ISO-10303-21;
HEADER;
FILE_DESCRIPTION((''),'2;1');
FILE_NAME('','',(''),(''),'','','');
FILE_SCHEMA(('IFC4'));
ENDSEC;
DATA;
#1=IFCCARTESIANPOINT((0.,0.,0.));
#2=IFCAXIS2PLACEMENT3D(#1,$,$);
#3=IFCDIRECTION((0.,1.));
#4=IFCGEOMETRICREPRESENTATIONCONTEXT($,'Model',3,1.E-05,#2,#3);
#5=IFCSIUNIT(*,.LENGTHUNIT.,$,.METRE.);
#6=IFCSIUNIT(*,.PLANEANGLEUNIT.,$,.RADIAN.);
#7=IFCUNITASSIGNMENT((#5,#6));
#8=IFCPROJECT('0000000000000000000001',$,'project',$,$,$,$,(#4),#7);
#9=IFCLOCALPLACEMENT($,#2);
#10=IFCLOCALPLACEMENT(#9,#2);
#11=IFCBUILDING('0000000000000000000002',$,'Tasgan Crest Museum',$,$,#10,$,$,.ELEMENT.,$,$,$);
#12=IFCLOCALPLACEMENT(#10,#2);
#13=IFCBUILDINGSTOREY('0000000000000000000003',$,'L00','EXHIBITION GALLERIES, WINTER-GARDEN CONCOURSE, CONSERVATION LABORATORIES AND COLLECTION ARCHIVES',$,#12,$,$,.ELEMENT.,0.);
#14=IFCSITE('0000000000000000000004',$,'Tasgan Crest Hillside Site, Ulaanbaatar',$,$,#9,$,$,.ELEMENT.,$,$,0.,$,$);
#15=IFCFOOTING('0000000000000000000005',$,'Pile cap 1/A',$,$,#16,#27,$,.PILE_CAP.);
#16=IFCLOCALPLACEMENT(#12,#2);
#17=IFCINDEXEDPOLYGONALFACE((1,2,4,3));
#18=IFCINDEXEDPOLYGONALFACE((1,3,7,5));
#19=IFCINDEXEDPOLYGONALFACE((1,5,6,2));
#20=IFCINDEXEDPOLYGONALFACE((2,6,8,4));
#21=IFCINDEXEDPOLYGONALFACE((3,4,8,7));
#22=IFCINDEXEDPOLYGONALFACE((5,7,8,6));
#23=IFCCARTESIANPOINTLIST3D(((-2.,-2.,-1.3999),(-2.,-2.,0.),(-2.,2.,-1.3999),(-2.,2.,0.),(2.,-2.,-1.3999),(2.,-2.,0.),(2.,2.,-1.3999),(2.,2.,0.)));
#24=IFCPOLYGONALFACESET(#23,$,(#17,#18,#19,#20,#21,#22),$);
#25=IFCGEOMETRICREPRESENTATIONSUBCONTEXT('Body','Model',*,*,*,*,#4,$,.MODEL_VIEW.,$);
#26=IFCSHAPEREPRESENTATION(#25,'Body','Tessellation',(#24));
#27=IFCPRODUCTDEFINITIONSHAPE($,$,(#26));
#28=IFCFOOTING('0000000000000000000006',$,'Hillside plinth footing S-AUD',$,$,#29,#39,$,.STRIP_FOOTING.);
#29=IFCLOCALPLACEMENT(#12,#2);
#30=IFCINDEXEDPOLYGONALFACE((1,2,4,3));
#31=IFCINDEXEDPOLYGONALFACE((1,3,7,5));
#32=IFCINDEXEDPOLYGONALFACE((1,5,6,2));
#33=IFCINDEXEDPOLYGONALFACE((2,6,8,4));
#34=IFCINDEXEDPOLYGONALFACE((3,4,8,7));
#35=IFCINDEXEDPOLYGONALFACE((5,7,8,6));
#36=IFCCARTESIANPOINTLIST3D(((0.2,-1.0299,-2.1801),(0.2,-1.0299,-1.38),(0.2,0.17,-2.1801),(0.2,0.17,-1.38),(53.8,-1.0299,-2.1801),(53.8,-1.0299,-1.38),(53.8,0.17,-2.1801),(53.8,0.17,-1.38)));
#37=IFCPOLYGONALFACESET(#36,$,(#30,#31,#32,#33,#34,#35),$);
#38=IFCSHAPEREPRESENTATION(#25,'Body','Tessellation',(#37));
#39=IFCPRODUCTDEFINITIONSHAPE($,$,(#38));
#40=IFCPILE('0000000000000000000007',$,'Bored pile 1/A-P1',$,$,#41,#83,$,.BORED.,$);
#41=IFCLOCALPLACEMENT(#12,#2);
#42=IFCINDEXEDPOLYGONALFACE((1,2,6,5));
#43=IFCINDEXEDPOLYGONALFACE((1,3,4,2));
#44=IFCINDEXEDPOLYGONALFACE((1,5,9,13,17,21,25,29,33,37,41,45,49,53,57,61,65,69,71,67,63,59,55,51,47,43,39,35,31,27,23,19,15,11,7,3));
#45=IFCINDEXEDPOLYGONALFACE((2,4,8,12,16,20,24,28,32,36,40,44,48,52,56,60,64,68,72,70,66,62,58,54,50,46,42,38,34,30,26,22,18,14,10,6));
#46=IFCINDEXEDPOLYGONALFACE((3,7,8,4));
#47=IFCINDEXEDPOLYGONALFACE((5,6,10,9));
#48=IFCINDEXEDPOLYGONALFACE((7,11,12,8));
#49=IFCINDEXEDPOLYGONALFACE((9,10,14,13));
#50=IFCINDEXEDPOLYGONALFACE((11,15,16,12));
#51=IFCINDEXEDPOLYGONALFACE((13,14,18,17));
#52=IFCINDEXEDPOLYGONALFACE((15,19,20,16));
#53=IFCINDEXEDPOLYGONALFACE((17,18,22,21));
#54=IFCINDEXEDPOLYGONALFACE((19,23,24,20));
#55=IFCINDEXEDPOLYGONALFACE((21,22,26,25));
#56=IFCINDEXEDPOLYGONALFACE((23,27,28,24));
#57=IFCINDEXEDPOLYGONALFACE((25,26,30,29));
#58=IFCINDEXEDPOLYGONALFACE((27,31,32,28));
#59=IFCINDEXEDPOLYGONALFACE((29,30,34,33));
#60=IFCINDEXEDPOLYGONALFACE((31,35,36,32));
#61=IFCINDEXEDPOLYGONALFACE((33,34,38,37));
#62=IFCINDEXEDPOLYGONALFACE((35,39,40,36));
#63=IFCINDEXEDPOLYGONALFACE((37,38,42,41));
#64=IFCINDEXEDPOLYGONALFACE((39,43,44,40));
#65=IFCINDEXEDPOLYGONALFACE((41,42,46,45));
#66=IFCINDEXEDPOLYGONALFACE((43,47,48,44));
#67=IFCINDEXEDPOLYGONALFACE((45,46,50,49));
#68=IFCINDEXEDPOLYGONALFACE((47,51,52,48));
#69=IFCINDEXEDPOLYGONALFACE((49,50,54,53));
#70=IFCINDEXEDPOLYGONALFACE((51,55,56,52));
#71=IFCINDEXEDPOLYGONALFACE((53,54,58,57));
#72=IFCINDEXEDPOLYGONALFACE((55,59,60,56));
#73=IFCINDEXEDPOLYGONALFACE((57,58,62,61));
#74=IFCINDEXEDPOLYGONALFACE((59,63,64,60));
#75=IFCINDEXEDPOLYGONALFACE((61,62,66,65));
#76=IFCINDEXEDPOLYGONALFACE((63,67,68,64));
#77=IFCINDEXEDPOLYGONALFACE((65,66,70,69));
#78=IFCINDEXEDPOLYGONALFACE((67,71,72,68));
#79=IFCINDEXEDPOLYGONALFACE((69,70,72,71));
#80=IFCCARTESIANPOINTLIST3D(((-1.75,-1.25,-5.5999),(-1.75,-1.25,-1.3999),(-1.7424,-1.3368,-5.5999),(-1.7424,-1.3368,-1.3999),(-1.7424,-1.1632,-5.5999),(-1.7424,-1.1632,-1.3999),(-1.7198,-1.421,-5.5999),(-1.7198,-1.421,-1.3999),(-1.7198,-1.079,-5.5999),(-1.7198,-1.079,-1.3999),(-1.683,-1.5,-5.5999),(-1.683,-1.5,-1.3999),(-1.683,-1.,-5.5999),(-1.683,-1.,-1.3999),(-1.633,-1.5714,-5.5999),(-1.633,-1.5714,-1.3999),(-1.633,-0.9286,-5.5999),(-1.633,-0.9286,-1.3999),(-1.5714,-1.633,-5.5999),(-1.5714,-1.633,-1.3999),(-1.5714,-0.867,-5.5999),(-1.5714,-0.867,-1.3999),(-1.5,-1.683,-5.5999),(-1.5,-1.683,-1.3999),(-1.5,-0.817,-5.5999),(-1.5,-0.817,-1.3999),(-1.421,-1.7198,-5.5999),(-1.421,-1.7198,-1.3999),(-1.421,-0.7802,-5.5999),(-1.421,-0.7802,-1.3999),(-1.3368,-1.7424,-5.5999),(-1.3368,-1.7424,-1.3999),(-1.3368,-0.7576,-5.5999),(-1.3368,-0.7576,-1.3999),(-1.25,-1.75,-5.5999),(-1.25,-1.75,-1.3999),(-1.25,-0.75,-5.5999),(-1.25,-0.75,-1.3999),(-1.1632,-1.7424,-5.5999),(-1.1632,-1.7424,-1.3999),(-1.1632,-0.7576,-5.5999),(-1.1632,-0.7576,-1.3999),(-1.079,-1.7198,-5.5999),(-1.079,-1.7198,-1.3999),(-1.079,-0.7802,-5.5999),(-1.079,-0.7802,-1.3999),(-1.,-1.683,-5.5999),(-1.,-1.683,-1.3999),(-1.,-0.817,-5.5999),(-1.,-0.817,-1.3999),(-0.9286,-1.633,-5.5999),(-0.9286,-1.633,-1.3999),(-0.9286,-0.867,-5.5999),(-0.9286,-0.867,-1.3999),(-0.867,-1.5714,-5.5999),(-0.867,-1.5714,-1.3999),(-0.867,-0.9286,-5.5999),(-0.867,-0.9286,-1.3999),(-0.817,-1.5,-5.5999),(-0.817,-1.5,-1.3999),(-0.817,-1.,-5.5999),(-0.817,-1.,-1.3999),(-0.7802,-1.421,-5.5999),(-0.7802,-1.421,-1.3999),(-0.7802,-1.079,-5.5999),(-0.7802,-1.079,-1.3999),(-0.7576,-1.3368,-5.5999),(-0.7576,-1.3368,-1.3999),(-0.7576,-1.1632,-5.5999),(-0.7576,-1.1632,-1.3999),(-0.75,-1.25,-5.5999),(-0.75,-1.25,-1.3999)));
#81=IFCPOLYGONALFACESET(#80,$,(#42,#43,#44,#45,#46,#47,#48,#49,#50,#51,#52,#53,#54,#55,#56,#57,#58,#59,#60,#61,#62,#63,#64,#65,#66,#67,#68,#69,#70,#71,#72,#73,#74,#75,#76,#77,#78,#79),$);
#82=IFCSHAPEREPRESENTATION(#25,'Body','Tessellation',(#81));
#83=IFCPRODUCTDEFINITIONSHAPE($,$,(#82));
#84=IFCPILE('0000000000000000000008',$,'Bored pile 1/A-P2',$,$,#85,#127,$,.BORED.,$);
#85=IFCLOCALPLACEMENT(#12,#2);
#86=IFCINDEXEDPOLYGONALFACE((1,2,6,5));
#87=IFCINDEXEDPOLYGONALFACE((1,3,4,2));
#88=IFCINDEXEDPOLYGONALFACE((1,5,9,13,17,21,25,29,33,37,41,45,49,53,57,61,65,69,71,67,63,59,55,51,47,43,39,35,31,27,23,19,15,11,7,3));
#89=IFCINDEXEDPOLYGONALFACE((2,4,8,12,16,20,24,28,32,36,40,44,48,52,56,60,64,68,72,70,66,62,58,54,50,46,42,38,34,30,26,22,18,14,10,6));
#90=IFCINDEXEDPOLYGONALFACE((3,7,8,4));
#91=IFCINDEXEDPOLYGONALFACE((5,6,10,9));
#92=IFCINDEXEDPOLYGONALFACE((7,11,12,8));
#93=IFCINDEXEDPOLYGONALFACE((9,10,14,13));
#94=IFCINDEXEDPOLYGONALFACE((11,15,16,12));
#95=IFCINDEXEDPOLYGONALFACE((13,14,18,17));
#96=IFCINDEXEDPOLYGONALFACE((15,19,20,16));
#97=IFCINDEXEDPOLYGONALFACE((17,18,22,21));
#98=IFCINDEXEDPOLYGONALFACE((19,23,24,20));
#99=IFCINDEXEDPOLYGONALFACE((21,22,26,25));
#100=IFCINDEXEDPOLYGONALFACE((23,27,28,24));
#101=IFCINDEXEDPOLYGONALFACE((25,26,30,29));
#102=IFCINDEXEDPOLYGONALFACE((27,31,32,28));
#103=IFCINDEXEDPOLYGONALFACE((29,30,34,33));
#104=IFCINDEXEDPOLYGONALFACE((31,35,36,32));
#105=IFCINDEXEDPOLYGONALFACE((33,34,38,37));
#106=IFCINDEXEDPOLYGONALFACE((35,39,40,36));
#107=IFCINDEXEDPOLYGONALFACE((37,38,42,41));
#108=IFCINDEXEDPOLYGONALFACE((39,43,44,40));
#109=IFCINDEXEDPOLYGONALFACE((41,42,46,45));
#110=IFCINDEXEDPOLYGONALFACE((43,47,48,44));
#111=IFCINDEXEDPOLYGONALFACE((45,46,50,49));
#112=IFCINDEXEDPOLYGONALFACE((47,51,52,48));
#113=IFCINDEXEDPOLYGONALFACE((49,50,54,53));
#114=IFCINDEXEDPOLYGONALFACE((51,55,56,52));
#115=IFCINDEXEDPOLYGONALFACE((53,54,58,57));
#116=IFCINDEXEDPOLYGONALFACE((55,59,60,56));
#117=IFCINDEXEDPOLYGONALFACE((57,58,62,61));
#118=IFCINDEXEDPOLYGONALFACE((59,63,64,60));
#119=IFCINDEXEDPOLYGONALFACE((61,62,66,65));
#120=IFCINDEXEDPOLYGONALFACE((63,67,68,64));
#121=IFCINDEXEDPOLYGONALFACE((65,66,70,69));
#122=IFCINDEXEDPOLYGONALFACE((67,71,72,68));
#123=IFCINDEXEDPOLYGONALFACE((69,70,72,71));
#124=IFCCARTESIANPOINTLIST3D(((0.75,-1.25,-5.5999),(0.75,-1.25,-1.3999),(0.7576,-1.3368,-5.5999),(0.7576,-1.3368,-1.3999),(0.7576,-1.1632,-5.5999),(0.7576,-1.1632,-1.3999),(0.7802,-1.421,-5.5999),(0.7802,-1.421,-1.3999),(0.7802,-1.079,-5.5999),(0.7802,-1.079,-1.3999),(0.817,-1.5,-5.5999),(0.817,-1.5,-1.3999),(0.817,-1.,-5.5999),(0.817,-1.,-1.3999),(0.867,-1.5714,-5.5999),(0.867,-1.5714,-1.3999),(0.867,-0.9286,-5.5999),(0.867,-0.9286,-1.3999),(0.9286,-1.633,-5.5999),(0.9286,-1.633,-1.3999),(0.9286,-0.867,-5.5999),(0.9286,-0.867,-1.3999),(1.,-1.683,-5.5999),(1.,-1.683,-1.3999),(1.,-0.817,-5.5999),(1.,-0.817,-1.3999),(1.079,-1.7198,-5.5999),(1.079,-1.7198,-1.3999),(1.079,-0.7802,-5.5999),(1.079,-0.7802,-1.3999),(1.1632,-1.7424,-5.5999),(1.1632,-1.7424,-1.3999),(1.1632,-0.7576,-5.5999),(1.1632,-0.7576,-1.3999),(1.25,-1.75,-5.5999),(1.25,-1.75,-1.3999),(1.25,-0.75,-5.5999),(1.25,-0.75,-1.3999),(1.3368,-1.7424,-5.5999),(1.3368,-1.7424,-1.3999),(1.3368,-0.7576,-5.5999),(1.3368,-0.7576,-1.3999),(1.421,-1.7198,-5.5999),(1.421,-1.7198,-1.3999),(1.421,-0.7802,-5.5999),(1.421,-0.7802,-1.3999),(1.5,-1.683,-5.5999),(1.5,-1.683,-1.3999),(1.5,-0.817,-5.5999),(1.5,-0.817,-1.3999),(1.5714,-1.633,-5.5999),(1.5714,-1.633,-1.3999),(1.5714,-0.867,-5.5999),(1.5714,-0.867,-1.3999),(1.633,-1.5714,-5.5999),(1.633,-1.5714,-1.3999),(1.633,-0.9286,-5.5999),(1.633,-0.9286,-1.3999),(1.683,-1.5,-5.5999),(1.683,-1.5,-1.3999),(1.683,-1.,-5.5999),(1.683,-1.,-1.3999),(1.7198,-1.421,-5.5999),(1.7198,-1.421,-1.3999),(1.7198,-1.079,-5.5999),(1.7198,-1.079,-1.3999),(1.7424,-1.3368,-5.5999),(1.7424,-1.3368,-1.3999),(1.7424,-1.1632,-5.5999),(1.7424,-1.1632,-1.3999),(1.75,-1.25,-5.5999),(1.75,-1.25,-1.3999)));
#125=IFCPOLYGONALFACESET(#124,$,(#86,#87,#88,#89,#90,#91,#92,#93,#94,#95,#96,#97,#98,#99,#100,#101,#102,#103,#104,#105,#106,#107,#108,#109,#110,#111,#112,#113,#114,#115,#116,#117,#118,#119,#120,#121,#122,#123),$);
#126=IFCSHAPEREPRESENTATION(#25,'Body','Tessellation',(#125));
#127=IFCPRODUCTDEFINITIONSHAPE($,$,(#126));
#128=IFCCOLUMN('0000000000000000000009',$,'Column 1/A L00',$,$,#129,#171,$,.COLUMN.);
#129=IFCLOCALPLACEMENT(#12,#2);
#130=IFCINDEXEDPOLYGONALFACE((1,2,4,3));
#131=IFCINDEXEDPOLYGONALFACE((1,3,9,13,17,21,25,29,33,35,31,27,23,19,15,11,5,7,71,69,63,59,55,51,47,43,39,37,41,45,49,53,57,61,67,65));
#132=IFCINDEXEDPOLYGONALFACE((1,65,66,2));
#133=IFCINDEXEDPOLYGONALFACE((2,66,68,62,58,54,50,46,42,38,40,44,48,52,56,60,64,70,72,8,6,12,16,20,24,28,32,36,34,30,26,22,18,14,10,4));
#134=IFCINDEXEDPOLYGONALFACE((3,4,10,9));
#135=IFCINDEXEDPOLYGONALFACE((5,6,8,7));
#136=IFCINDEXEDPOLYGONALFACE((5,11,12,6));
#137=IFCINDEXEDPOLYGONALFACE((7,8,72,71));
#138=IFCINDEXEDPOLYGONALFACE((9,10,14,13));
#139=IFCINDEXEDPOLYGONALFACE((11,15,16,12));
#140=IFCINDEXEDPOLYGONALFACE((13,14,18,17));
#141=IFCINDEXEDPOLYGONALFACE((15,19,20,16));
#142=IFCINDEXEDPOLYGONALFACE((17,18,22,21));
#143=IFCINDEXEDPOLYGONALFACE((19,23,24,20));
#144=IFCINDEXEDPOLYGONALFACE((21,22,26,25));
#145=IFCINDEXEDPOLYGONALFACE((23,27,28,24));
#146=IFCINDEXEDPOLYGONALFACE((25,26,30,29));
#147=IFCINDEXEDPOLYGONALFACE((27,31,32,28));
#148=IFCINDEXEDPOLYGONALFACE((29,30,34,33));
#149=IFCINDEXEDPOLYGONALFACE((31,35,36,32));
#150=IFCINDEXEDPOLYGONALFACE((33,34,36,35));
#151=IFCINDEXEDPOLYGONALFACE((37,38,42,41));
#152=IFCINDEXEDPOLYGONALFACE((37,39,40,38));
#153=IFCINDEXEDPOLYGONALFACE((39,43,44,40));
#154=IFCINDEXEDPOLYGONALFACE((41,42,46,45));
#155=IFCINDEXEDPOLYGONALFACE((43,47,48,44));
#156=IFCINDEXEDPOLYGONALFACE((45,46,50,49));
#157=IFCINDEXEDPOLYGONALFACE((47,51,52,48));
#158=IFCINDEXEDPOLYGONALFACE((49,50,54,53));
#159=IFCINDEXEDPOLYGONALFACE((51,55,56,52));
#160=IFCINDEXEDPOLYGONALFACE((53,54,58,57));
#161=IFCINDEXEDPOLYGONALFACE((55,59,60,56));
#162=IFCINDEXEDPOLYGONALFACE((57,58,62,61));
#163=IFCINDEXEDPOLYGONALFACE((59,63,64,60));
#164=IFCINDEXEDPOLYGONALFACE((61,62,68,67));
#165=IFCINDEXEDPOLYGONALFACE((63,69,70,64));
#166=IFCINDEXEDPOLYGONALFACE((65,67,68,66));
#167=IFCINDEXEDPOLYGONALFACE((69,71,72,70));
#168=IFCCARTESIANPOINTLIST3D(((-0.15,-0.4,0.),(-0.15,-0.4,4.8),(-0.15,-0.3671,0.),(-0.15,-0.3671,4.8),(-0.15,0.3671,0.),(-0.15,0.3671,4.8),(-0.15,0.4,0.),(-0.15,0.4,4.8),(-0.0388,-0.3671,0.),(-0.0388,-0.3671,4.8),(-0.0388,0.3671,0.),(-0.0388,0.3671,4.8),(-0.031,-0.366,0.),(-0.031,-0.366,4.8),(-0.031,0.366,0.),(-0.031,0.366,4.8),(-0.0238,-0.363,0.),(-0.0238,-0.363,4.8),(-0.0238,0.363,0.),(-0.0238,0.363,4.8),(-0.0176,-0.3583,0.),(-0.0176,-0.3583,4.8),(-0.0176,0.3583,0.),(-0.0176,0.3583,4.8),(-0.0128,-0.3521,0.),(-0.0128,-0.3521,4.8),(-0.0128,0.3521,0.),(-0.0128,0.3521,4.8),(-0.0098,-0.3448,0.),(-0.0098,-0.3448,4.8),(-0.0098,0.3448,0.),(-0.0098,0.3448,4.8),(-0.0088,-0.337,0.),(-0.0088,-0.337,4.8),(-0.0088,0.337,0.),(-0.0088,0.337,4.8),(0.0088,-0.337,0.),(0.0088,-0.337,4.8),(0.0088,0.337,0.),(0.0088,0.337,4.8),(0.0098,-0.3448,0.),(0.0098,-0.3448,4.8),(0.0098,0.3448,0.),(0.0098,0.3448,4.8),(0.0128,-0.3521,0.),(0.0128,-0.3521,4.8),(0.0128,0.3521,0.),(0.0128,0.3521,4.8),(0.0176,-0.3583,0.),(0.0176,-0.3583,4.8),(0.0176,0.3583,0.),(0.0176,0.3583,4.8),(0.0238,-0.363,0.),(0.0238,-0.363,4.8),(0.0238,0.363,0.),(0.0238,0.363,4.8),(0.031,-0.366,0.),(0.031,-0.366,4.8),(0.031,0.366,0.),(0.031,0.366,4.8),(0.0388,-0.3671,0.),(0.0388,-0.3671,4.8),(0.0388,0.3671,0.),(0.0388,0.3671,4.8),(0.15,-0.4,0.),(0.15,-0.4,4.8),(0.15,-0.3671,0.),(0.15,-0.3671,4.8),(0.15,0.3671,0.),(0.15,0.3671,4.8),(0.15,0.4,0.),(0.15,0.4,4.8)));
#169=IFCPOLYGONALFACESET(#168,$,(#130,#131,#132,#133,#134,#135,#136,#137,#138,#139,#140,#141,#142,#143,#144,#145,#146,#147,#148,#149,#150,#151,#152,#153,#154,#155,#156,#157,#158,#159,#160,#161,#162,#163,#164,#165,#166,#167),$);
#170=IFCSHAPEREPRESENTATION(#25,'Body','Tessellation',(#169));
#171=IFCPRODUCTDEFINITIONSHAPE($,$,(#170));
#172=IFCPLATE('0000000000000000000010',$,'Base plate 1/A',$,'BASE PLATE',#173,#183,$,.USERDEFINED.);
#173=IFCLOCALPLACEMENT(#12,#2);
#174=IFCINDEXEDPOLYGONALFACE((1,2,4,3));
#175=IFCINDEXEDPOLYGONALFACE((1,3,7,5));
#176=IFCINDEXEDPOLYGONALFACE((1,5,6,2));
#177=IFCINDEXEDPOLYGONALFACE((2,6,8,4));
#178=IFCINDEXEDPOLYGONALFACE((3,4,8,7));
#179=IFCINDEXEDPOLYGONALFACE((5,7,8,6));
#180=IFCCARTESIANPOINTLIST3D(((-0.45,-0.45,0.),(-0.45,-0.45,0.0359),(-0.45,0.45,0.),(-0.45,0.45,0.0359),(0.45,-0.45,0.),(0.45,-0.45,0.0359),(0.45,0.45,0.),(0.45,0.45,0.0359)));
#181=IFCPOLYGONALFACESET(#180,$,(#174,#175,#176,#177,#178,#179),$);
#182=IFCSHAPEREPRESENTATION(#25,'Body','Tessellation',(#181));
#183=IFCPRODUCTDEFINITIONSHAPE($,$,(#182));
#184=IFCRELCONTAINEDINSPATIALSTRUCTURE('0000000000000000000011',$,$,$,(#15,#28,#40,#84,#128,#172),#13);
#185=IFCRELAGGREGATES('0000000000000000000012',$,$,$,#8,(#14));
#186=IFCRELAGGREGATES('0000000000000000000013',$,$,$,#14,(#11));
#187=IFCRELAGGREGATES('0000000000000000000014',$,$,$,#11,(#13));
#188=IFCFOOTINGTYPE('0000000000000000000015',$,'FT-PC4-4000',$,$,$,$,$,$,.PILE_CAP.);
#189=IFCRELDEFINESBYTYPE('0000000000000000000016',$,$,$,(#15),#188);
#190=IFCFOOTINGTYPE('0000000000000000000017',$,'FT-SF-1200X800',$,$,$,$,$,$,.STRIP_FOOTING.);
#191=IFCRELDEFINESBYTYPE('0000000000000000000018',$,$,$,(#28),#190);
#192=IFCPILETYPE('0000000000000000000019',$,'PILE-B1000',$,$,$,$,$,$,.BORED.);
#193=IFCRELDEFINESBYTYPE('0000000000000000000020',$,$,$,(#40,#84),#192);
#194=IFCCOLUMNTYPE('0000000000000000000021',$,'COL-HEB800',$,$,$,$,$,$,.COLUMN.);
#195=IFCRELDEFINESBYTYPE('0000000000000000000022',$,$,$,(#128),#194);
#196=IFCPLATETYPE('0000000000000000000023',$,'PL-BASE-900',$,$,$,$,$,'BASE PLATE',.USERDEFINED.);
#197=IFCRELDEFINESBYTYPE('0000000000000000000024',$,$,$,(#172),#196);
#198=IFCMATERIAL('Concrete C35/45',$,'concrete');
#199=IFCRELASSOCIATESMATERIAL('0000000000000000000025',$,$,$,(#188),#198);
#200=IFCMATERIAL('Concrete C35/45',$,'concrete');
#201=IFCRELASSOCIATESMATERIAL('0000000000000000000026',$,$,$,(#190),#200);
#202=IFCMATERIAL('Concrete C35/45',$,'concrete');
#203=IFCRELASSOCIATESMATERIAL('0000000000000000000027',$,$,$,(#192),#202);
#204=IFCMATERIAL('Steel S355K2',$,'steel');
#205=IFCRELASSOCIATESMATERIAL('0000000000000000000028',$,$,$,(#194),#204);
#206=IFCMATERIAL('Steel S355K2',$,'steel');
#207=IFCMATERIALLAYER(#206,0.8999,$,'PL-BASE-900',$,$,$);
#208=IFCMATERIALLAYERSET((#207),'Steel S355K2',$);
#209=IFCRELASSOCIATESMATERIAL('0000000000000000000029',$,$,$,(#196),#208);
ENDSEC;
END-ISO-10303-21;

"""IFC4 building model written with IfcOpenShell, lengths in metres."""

from ifc_helpers import new_model, si_unit, direction, frame, origin, origin_with_axes, origin_2d, place, context, subcontext, project, spatial, rectangle, circle, i_section, extrude, material, layer, layer_set, material_profile, profile_set, type_object, element, save


model = new_model("IFC4")

# Units and contexts
model_context = context("Model", 3, precision=1e-05, world=origin(), true_north=direction((0.0, 1.0)))
body_context = subcontext(model_context, "Body", "Model", "MODEL_VIEW")
ifc_project = project(units=[si_unit("LENGTHUNIT", "METRE"), si_unit("PLANEANGLEUNIT", "RADIAN")], contexts=[model_context])

# Site, building, storey
site_placement = place(None, origin())
site = spatial("IfcSite", under=ifc_project, at=site_placement, Name="Tasgan Crest Hillside Site, Ulaanbaatar", CompositionType="ELEMENT", RefElevation=0.0)
building_placement = place(site_placement, origin())
building = spatial("IfcBuilding", under=site, at=building_placement, Name="Tasgan Crest Museum", CompositionType="ELEMENT")
storey_placement = place(building_placement, origin())
storey = spatial("IfcBuildingStorey", under=building, at=storey_placement, Name="L00", Description="EXHIBITION GALLERIES, WINTER-GARDEN CONCOURSE, CONSERVATION LABORATORIES AND COLLECTION ARCHIVES", CompositionType="ELEMENT", Elevation=0.0)

# Footings
ifc_material_1 = material(Name="Concrete C35/45", Category="concrete")
footing_type_1 = type_object("IfcFootingType", Name="FT-PC4-4000", PredefinedType="PILE_CAP", material=ifc_material_1)
footing_1_placement = place(storey_placement, frame((0.0, 0.0, -1.3999), z_axis=(0.0, 0.0, 1.0), x_axis=(1.0, 0.0, 0.0)))
element("IfcFooting", 1, at=footing_1_placement, inside=storey, type_object=footing_type_1, Name="Pile cap 1/A", PredefinedType="PILE_CAP", context=body_context, shape_type="SweptSolid", body=[
    extrude(rectangle(XDim=4.0, YDim=4.0, at=origin_2d()), origin(), (0.0, 0.0, 1.0), 1.3999),
])
ifc_material_2 = material(Name="Concrete C35/45", Category="concrete")
ifc_material_profile_1 = material_profile(ifc_material_2, rectangle(XDim=1.2, YDim=0.8, at=origin_2d()), Name="SF 1200x800")
ifc_profile_set_1 = profile_set([ifc_material_profile_1], Name="Concrete C35/45")
footing_type_2 = type_object("IfcFootingType", Name="FT-SF-1200X800", PredefinedType="STRIP_FOOTING", material=ifc_profile_set_1)
footing_2_placement = place(storey_placement, frame((0.2, -0.4299, -1.78), z_axis=(1.0, 0.0, 0.0), x_axis=(0.0, 1.0, 0.0)))
element("IfcFooting", 2, at=footing_2_placement, inside=storey, type_object=footing_type_2, Name="Hillside plinth footing S-AUD", PredefinedType="STRIP_FOOTING", context=body_context, shape_type="SweptSolid", body=[
    extrude(rectangle(XDim=1.2, YDim=0.8, at=origin_2d()), origin(), (0.0, 0.0, 1.0), 53.6001),
])

# Piles
ifc_material_3 = material(Name="Concrete C35/45", Category="concrete")
ifc_material_profile_2 = material_profile(ifc_material_3, circle(Radius=0.5, at=origin_2d()), Name="PILE D1000")
ifc_profile_set_2 = profile_set([ifc_material_profile_2], Name="Concrete C35/45")
pile_type = type_object("IfcPileType", Name="PILE-B1000", PredefinedType="BORED", material=ifc_profile_set_2)
for number, where, z_axis, x_axis, name in (
    (3, (-1.25, -1.25, -1.3999), (0.0, 0.0, -1.0), (1.0, 0.0, 0.0), "Bored pile 1/A-P1"),
    (4, (1.25, -1.25, -1.3999), (0.0, 0.0, -1.0), (1.0, 0.0, 0.0), "Bored pile 1/A-P2"),
):
    element("IfcPile", number, at=place(storey_placement, frame(where, z_axis=z_axis, x_axis=x_axis)), inside=storey, type_object=pile_type, Name=name, PredefinedType="BORED", context=body_context, shape_type="SweptSolid", body=[
        extrude(circle(Radius=0.5, at=origin_2d()), origin(), (0.0, 0.0, 1.0), 4.2),
    ])

# Column
ifc_material_4 = material(Name="Steel S355K2", Category="steel")
ifc_material_profile_3 = material_profile(ifc_material_4, i_section(OverallWidth=0.3, OverallDepth=0.8, WebThickness=0.0176, FlangeThickness=0.033, FilletRadius=0.03, at=origin_2d()), Name="HEB 800")
ifc_profile_set_3 = profile_set([ifc_material_profile_3], Name="Steel S355K2")
column_type = type_object("IfcColumnType", Name="COL-HEB800", PredefinedType="COLUMN", material=ifc_profile_set_3)
column_placement = place(storey_placement, origin_with_axes())
element("IfcColumn", 5, at=column_placement, inside=storey, type_object=column_type, Name="Column 1/A L00", PredefinedType="COLUMN", context=body_context, shape_type="SweptSolid", body=[
    extrude(i_section(OverallWidth=0.3, OverallDepth=0.8, WebThickness=0.0176, FlangeThickness=0.033, FilletRadius=0.03, at=origin_2d()), origin(), (0.0, 0.0, 1.0), 4.8),
])

# Plate
ifc_material_5 = material(Name="Steel S355K2", Category="steel")
ifc_layer_1 = layer(ifc_material_5, 0.8999, Name="PL-BASE-900")
ifc_layer_set_1 = layer_set([ifc_layer_1], Name="Steel S355K2")
plate_type = type_object("IfcPlateType", Name="PL-BASE-900", ElementType="BASE PLATE", PredefinedType="USERDEFINED", material=ifc_layer_set_1)
plate_placement = place(storey_placement, origin_with_axes())
element("IfcPlate", 6, at=plate_placement, inside=storey, type_object=plate_type, Name="Base plate 1/A", ObjectType="BASE PLATE", PredefinedType="USERDEFINED", context=body_context, shape_type="SweptSolid", body=[
    extrude(rectangle(XDim=0.8999, YDim=0.8999, at=origin_2d()), origin(), (0.0, 0.0, 1.0), 0.0359),
])

save(model, "model.ifc")
